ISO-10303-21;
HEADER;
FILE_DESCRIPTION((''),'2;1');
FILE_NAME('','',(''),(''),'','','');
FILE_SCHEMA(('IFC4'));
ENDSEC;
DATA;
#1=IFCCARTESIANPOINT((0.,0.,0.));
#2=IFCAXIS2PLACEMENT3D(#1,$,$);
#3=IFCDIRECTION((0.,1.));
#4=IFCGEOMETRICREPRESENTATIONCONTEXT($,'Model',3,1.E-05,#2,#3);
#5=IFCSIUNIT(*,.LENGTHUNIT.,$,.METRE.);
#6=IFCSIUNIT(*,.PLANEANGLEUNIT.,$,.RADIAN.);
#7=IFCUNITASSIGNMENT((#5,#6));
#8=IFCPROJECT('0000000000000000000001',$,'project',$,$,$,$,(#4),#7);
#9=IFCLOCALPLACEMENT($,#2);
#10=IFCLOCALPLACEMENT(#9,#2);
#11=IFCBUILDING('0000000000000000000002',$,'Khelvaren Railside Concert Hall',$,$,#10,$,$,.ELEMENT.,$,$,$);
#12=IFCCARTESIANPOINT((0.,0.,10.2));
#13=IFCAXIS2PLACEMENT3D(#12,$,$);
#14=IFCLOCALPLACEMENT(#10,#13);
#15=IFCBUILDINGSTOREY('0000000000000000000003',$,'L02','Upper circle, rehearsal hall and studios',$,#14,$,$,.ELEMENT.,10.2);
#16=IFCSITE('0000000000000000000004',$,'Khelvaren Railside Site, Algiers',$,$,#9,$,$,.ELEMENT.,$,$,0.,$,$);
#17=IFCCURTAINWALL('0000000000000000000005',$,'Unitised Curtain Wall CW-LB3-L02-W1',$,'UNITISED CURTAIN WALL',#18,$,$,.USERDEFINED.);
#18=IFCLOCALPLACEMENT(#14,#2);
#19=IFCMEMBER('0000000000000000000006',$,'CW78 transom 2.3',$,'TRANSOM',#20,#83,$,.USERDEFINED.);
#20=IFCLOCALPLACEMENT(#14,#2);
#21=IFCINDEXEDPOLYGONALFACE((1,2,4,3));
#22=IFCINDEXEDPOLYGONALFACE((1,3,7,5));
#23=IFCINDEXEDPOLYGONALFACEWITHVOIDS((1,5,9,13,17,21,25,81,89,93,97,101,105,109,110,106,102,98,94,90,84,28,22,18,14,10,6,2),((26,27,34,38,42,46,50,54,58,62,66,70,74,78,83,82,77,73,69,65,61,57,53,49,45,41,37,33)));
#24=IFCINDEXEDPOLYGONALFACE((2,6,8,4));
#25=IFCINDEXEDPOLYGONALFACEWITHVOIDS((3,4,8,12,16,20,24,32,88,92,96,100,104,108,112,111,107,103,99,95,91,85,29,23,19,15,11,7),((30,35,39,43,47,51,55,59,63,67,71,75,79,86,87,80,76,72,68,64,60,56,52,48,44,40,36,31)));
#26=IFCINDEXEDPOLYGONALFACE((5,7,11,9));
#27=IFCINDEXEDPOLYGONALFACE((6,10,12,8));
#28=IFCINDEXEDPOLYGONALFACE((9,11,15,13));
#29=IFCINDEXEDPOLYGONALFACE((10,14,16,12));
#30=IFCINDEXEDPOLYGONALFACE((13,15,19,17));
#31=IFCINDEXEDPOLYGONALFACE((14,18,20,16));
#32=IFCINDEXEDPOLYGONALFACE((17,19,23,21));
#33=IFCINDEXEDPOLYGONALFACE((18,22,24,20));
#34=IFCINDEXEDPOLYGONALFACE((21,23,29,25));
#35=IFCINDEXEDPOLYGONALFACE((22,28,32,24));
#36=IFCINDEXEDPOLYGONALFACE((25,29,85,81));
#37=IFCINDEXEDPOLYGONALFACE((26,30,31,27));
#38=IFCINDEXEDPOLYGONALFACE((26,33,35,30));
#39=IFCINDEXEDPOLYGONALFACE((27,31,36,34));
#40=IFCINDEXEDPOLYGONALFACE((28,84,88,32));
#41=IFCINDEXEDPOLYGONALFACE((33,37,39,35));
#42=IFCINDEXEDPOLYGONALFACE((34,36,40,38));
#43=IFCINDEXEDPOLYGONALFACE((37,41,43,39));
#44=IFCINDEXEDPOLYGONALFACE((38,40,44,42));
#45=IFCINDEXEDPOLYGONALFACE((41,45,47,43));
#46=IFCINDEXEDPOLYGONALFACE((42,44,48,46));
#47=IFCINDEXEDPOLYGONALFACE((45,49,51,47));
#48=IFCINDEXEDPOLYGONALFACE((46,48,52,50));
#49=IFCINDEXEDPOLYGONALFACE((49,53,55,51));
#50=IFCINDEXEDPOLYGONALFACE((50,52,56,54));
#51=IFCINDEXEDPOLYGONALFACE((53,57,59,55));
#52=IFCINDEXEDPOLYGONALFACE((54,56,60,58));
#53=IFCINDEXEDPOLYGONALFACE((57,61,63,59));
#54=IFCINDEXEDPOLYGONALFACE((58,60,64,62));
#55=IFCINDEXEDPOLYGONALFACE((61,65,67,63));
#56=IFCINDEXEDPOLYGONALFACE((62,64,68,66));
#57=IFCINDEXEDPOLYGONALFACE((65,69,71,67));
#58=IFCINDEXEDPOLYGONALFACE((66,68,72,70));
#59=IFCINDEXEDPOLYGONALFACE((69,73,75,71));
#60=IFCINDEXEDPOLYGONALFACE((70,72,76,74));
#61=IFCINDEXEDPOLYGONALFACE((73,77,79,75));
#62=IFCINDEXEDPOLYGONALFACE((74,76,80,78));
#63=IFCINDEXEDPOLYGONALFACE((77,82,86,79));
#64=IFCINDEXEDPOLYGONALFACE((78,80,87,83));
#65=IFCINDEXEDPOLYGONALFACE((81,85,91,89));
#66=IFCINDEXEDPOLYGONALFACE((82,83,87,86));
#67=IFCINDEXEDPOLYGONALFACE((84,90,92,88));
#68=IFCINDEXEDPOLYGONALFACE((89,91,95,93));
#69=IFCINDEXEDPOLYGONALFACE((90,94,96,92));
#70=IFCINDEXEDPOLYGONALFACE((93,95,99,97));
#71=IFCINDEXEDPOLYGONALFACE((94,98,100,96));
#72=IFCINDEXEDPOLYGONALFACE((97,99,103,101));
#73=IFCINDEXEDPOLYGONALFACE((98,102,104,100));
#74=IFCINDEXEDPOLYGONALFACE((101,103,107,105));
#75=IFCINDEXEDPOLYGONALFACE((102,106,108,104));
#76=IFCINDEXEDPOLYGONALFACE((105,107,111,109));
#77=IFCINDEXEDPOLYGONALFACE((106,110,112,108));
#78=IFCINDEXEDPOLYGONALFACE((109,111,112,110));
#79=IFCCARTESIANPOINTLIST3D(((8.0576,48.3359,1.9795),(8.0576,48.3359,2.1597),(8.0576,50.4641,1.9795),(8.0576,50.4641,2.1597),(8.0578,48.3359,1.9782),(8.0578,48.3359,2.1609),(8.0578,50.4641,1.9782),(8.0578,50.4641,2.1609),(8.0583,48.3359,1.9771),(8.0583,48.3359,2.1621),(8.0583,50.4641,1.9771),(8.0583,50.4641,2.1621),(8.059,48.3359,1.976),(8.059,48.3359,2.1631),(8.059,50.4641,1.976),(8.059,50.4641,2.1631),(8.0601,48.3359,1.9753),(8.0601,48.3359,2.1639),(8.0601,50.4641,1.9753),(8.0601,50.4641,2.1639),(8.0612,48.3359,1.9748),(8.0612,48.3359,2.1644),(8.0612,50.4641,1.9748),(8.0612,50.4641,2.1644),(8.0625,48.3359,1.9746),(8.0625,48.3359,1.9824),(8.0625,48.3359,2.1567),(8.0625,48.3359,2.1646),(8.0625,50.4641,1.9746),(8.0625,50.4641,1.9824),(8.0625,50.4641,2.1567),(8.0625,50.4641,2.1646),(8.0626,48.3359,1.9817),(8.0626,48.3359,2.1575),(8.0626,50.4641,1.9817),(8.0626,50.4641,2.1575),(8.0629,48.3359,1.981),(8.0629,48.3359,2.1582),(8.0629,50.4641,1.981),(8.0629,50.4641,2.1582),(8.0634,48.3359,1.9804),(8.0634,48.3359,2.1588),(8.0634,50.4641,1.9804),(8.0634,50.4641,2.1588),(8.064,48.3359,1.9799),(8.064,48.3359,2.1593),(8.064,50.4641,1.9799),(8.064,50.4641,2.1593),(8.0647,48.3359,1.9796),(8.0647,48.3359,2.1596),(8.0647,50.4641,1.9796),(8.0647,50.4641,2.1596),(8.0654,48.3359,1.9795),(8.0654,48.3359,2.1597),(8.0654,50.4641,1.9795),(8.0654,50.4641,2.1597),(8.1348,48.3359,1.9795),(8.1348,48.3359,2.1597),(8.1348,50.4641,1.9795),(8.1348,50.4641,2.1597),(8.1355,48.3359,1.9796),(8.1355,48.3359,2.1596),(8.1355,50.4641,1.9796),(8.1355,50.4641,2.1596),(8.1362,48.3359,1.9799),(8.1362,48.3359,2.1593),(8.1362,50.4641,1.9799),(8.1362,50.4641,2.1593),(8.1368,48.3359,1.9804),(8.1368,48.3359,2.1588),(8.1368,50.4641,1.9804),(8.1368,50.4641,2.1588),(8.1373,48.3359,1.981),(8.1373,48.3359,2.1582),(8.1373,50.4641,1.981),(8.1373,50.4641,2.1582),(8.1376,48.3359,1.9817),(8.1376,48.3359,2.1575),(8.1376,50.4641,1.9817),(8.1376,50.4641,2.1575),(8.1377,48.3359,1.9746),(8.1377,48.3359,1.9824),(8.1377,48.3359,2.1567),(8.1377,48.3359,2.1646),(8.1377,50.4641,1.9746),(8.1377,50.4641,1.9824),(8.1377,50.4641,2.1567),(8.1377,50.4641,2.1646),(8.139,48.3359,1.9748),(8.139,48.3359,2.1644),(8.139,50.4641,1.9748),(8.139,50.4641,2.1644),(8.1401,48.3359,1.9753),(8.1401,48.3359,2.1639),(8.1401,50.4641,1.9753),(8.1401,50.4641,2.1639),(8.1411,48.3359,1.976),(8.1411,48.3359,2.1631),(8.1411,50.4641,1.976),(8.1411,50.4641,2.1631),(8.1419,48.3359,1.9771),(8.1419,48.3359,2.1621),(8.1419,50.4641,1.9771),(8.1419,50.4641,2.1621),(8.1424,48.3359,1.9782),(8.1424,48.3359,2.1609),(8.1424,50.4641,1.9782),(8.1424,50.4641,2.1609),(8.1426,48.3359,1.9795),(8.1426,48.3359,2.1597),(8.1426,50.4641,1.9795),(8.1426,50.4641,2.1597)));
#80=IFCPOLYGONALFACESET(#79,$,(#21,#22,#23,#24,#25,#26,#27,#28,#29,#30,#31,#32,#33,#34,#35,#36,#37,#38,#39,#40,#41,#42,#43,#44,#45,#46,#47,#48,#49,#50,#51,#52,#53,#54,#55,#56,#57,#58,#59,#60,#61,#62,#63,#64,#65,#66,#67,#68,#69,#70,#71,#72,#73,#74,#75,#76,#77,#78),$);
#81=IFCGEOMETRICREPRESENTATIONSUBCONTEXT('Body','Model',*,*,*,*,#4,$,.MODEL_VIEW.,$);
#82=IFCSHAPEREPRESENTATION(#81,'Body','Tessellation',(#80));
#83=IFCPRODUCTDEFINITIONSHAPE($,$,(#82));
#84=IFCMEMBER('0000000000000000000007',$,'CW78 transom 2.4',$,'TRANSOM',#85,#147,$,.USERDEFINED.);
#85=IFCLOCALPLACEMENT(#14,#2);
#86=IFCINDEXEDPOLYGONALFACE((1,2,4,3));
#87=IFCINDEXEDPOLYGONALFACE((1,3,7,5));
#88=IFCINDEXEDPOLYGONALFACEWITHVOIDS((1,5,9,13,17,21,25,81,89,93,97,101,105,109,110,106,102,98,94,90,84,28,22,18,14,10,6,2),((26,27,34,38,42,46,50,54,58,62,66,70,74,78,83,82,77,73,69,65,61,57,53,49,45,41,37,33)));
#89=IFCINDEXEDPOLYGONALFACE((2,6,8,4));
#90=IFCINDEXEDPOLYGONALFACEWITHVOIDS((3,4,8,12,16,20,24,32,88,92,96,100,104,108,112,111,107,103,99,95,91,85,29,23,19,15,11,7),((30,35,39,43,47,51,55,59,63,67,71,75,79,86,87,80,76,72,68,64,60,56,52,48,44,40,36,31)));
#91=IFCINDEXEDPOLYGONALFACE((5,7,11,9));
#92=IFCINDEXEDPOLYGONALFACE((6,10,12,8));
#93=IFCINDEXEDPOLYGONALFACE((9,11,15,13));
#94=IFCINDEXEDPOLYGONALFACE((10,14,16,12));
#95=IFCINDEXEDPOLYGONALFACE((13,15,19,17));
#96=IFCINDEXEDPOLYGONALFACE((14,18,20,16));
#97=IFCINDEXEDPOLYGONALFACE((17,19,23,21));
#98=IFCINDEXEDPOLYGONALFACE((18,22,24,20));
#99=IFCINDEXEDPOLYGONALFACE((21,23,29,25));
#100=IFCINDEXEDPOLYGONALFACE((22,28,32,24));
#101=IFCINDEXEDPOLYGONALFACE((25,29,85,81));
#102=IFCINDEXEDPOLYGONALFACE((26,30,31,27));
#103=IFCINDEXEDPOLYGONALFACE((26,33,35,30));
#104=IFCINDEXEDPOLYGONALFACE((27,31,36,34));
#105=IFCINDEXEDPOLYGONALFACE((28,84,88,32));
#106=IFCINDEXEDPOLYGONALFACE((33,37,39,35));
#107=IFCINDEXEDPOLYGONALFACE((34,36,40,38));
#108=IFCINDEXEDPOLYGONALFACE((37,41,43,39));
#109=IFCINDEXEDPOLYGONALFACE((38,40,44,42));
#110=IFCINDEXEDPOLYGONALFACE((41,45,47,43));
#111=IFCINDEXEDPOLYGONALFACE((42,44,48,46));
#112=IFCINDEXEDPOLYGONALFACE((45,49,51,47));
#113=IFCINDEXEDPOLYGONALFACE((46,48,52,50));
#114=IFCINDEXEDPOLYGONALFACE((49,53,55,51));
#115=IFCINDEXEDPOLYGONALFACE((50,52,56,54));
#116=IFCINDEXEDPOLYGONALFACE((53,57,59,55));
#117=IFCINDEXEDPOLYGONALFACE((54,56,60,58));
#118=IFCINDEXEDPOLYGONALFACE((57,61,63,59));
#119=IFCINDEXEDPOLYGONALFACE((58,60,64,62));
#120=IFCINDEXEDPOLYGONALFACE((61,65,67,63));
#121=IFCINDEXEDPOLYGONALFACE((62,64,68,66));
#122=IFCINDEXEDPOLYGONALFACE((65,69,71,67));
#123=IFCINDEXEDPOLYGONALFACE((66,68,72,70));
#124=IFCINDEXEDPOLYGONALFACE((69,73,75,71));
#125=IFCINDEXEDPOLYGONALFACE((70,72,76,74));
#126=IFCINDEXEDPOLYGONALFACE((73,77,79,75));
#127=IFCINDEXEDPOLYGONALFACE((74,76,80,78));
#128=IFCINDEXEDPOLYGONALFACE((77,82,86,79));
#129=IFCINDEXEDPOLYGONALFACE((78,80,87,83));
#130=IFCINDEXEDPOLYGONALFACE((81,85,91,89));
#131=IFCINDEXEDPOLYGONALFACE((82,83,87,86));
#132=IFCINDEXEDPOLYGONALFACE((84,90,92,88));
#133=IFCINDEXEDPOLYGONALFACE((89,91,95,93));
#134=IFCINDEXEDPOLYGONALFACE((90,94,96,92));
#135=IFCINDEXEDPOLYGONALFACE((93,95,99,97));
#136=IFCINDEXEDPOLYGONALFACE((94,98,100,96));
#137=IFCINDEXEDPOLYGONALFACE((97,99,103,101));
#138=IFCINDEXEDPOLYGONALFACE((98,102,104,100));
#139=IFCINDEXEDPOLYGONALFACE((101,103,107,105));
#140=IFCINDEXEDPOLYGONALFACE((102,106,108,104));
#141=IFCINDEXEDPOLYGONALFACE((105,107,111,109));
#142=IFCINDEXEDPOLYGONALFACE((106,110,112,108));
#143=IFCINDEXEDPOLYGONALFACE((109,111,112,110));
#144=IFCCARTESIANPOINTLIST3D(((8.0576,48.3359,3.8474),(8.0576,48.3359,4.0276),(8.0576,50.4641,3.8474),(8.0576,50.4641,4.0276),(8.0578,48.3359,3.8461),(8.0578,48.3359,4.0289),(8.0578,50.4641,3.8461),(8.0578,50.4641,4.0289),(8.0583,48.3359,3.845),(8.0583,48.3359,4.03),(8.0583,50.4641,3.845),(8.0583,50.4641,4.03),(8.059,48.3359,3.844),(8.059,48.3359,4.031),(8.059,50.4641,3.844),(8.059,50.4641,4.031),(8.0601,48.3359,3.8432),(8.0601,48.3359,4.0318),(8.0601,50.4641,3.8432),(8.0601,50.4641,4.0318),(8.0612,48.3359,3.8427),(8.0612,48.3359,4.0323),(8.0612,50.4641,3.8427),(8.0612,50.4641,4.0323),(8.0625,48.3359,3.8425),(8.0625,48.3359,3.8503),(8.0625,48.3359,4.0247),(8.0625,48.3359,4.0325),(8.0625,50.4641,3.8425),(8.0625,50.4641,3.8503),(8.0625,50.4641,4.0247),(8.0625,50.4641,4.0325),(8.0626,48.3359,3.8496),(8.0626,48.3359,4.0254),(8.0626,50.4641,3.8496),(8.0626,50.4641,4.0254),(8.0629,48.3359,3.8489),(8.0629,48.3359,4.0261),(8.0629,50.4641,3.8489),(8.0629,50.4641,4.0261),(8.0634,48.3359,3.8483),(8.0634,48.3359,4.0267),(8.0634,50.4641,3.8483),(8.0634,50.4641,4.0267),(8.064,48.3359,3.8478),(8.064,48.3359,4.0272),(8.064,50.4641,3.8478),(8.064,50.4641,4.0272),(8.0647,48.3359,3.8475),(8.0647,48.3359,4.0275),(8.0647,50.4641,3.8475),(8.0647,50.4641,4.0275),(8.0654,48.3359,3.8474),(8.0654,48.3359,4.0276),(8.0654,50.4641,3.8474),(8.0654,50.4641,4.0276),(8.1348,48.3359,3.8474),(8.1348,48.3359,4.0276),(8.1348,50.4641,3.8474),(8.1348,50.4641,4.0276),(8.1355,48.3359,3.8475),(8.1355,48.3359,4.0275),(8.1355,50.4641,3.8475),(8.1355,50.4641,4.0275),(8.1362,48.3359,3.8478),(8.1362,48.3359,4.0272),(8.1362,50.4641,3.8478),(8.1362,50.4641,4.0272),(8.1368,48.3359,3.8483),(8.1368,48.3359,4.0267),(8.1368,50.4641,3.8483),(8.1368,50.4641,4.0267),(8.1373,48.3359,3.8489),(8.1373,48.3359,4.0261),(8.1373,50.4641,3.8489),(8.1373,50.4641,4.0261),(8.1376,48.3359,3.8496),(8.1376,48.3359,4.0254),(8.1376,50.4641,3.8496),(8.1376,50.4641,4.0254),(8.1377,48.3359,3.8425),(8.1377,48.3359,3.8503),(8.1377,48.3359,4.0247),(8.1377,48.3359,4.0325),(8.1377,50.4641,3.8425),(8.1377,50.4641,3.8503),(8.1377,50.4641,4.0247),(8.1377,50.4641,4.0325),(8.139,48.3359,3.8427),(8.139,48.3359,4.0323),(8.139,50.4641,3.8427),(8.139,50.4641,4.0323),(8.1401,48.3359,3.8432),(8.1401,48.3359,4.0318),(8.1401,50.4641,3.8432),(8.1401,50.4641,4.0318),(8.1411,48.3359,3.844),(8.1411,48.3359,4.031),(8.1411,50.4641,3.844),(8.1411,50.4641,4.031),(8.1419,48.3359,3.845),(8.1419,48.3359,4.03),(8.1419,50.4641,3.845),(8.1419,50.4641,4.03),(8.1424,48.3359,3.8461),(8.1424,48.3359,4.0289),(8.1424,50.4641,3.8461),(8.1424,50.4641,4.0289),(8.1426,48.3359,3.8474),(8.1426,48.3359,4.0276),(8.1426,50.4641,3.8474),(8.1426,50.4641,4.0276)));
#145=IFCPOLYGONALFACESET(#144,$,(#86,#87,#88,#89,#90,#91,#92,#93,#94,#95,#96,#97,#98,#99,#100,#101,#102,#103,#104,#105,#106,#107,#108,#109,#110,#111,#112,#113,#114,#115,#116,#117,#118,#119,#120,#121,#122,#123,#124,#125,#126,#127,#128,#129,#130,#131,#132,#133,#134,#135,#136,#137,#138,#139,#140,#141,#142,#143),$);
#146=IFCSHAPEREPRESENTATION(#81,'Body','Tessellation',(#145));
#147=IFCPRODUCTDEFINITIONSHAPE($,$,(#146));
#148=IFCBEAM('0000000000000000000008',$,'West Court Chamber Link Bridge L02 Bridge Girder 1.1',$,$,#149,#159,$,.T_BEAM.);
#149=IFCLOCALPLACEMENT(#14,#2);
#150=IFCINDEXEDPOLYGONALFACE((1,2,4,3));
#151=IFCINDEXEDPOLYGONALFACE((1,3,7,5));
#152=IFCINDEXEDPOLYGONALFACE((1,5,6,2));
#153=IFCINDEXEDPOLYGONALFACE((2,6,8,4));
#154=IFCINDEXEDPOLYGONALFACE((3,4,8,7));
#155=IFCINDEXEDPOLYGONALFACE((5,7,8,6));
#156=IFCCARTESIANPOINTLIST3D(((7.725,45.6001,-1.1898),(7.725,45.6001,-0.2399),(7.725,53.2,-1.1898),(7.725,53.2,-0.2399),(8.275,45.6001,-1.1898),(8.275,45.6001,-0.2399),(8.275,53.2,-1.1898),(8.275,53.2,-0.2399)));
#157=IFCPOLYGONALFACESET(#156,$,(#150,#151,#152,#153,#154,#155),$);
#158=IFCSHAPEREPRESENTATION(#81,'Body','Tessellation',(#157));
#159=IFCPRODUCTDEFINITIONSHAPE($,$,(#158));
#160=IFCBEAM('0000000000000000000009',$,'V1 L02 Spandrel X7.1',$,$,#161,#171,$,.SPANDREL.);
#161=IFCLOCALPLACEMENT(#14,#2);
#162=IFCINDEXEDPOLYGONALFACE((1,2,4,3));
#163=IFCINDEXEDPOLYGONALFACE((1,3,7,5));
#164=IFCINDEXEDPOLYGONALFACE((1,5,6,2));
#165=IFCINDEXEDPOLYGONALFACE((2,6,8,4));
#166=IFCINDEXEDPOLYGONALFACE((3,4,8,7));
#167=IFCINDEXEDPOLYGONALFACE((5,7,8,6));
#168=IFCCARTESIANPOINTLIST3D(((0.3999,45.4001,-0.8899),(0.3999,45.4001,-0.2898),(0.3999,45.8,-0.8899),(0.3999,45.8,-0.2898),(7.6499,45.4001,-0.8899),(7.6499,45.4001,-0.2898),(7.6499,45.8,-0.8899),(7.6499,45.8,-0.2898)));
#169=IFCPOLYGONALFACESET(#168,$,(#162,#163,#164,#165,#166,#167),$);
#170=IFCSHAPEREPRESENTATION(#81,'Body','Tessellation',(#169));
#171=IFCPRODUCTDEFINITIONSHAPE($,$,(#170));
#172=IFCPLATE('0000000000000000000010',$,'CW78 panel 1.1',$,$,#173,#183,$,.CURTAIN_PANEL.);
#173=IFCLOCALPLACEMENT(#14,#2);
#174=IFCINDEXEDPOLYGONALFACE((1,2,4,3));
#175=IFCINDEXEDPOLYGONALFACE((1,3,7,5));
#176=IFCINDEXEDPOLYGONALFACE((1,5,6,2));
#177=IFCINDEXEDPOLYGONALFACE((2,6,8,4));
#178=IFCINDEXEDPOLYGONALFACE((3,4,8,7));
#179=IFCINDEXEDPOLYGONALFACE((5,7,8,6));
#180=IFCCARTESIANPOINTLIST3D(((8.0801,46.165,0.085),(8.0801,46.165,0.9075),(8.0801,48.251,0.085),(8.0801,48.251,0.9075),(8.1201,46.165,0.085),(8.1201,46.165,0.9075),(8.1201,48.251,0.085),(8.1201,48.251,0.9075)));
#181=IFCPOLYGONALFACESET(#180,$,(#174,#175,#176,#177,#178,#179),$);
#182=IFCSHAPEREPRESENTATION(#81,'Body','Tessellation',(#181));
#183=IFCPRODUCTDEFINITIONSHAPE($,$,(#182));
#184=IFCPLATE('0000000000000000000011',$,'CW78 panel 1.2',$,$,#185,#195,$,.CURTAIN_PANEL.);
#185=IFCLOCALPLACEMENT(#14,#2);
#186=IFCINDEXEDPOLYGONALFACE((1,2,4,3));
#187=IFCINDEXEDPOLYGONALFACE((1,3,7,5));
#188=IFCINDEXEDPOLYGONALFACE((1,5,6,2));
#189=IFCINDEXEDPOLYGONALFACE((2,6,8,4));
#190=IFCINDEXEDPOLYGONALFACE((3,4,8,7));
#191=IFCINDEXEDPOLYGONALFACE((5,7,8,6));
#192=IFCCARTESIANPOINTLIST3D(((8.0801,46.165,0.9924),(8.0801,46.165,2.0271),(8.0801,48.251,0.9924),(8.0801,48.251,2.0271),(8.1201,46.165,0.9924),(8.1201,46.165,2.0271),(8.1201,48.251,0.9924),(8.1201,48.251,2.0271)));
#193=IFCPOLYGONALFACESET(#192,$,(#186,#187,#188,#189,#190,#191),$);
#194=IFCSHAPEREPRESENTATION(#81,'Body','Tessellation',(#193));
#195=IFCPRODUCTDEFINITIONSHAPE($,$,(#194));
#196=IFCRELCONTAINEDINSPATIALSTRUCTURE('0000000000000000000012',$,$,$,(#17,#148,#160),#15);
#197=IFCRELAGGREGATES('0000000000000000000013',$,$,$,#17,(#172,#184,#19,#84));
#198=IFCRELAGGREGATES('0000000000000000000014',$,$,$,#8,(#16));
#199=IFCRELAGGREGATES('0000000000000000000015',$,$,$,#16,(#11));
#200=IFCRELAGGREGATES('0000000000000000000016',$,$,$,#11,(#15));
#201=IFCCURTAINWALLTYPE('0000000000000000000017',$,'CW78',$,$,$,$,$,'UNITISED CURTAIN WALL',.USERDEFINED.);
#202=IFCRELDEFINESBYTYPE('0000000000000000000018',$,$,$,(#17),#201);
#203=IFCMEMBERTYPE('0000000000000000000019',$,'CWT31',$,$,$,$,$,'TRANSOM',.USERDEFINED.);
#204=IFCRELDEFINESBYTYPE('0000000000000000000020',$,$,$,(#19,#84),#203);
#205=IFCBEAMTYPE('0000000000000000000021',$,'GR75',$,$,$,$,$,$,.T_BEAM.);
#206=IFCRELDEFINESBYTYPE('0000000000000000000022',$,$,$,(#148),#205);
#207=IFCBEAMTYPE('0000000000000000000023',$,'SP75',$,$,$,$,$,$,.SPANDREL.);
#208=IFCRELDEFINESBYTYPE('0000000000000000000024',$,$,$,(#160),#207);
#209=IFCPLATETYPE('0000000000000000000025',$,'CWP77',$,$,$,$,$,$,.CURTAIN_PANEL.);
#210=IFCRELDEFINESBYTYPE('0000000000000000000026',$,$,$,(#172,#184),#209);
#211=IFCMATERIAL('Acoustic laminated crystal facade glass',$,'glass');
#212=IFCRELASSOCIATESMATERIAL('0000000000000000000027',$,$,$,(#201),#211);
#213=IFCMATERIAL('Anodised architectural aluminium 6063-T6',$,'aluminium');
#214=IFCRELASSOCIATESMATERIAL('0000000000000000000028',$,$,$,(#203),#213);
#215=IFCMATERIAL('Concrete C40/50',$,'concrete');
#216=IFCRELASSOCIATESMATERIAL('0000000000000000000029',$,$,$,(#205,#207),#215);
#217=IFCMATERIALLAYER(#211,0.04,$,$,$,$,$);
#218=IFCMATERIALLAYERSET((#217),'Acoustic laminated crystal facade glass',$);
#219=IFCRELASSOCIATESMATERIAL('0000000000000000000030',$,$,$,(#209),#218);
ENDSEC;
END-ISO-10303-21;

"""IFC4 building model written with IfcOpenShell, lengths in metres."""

from ifc_helpers import new_model, si_unit, direction, frame, origin, origin_2d, place, context, subcontext, project, spatial, rectangle, hollow_rectangle, extrude, material, layer, layer_set, material_profile, profile_set, type_object, element, aggregate, save


model = new_model("IFC4")

# Units and contexts
model_context = context("Model", 3, precision=1e-05, world=origin(), true_north=direction((0.0, 1.0)))
body_context = subcontext(model_context, "Body", "Model", "MODEL_VIEW")
ifc_project = project(units=[si_unit("LENGTHUNIT", "METRE"), si_unit("PLANEANGLEUNIT", "RADIAN")], contexts=[model_context])

# Site, building, storey
site_placement = place(None, origin())
site = spatial("IfcSite", under=ifc_project, at=site_placement, Name="Khelvaren Railside Site, Algiers", CompositionType="ELEMENT", RefElevation=0.0)
building_placement = place(site_placement, origin())
building = spatial("IfcBuilding", under=site, at=building_placement, Name="Khelvaren Railside Concert Hall", CompositionType="ELEMENT")
storey_placement = place(building_placement, frame((0.0, 0.0, 10.2)))
storey = spatial("IfcBuildingStorey", under=building, at=storey_placement, Name="L02", Description="Upper circle, rehearsal hall and studios", CompositionType="ELEMENT", Elevation=10.2)

# Curtain wall, members
ifc_material_1 = material(Name="Acoustic laminated crystal facade glass", Category="glass")
curtain_wall_type = type_object("IfcCurtainWallType", Name="CW78", ElementType="UNITISED CURTAIN WALL", PredefinedType="USERDEFINED", material=ifc_material_1)
curtain_wall_placement = place(storey_placement, origin())
curtain_wall = element("IfcCurtainWall", 1, at=curtain_wall_placement, inside=storey, type_object=curtain_wall_type, Name="Unitised Curtain Wall CW-LB3-L02-W1", ObjectType="UNITISED CURTAIN WALL", PredefinedType="USERDEFINED")
ifc_material_2 = material(Name="Anodised architectural aluminium 6063-T6", Category="aluminium")
ifc_material_profile_1 = material_profile(ifc_material_2, hollow_rectangle(XDim=0.085, YDim=0.1899, WallThickness=0.0049, InnerFilletRadius=0.0029, OuterFilletRadius=0.0049, at=origin_2d()), Name="CWT 85x190x5")
ifc_profile_set_1 = profile_set([ifc_material_profile_1], Name="Anodised architectural aluminium 6063-T6")
member_type_1 = type_object("IfcMemberType", Name="CWT31", ElementType="TRANSOM", PredefinedType="USERDEFINED", material=ifc_profile_set_1)
member_1_placement = place(storey_placement, frame((8.1001, 48.3359, 2.0696), z_axis=(0.0, 1.0, 0.0), x_axis=(-1.0, 0.0, 0.0)))
member_1 = element("IfcMember", 2, at=member_1_placement, type_object=member_type_1, Name="CW78 transom 2.3", ObjectType="TRANSOM", PredefinedType="USERDEFINED", context=body_context, shape_type="SweptSolid", body=[
    extrude(hollow_rectangle(XDim=0.085, YDim=0.1899, WallThickness=0.0049, InnerFilletRadius=0.0029, OuterFilletRadius=0.0049, at=origin_2d()), origin(), (0.0, 0.0, 1.0), 2.1282),
])
member_2_placement = place(storey_placement, frame((8.1001, 48.3359, 3.9375), z_axis=(0.0, 1.0, 0.0), x_axis=(-1.0, 0.0, 0.0)))
member_2 = element("IfcMember", 3, at=member_2_placement, type_object=member_type_1, Name="CW78 transom 2.4", ObjectType="TRANSOM", PredefinedType="USERDEFINED", context=body_context, shape_type="SweptSolid", body=[
    extrude(hollow_rectangle(XDim=0.085, YDim=0.1899, WallThickness=0.0049, InnerFilletRadius=0.0029, OuterFilletRadius=0.0049, at=origin_2d()), origin(), (0.0, 0.0, 1.0), 2.1282),
])

# Beams
ifc_material_3 = material(Name="Concrete C40/50", Category="concrete")
ifc_material_profile_2 = material_profile(ifc_material_3, rectangle(XDim=0.55, YDim=0.95, at=origin_2d()), Name="RCB 550x950")
ifc_profile_set_2 = profile_set([ifc_material_profile_2], Name="Concrete C40/50")
beam_type_1 = type_object("IfcBeamType", Name="GR75", PredefinedType="T_BEAM", material=ifc_profile_set_2)
beam_1_placement = place(storey_placement, frame((8.0, 45.6001, -0.7148), z_axis=(0.0, 1.0, 0.0), x_axis=(-1.0, 0.0, 0.0)))
element("IfcBeam", 4, at=beam_1_placement, inside=storey, type_object=beam_type_1, Name="West Court Chamber Link Bridge L02 Bridge Girder 1.1", PredefinedType="T_BEAM", context=body_context, shape_type="SweptSolid", body=[
    extrude(rectangle(XDim=0.55, YDim=0.95, at=origin_2d()), origin(), (0.0, 0.0, 1.0), 7.5999),
])
ifc_material_profile_3 = material_profile(ifc_material_3, rectangle(XDim=0.3999, YDim=0.6001, at=origin_2d()), Name="RCB 400x600")
ifc_profile_set_3 = profile_set([ifc_material_profile_3], Name="Concrete C40/50")
beam_type_2 = type_object("IfcBeamType", Name="SP75", PredefinedType="SPANDREL", material=ifc_profile_set_3)
beam_2_placement = place(storey_placement, frame((0.3999, 45.6001, -0.5898), z_axis=(1.0, 0.0, 0.0), x_axis=(0.0, 1.0, 0.0)))
element("IfcBeam", 5, at=beam_2_placement, inside=storey, type_object=beam_type_2, Name="V1 L02 Spandrel X7.1", PredefinedType="SPANDREL", context=body_context, shape_type="SweptSolid", body=[
    extrude(rectangle(XDim=0.3999, YDim=0.6001, at=origin_2d()), origin(), (0.0, 0.0, 1.0), 7.25),
])

# Plates
ifc_layer_1 = layer(ifc_material_1, 0.04)
ifc_layer_set_1 = layer_set([ifc_layer_1], Name="Acoustic laminated crystal facade glass")
plate_type = type_object("IfcPlateType", Name="CWP77", PredefinedType="CURTAIN_PANEL", material=ifc_layer_set_1)
plate_1_placement = place(storey_placement, frame((8.1001, 47.208, 0.085), z_axis=(0.0, 0.0, 1.0), x_axis=(0.0, 1.0, 0.0)))
plate_1 = element("IfcPlate", 6, at=plate_1_placement, type_object=plate_type, Name="CW78 panel 1.1", PredefinedType="CURTAIN_PANEL", context=body_context, shape_type="SweptSolid", body=[
    extrude(rectangle(XDim=2.0859, YDim=0.04, at=origin_2d()), origin(), (0.0, 0.0, 1.0), 0.8225),
])
plate_2_placement = place(storey_placement, frame((8.1001, 47.208, 0.9924), z_axis=(0.0, 0.0, 1.0), x_axis=(0.0, 1.0, 0.0)))
plate_2 = element("IfcPlate", 7, at=plate_2_placement, type_object=plate_type, Name="CW78 panel 1.2", PredefinedType="CURTAIN_PANEL", context=body_context, shape_type="SweptSolid", body=[
    extrude(rectangle(XDim=2.0859, YDim=0.04, at=origin_2d()), origin(), (0.0, 0.0, 1.0), 1.0347),
])
aggregate(curtain_wall, [plate_1, plate_2, member_1, member_2])

save(model, "model.ifc")
